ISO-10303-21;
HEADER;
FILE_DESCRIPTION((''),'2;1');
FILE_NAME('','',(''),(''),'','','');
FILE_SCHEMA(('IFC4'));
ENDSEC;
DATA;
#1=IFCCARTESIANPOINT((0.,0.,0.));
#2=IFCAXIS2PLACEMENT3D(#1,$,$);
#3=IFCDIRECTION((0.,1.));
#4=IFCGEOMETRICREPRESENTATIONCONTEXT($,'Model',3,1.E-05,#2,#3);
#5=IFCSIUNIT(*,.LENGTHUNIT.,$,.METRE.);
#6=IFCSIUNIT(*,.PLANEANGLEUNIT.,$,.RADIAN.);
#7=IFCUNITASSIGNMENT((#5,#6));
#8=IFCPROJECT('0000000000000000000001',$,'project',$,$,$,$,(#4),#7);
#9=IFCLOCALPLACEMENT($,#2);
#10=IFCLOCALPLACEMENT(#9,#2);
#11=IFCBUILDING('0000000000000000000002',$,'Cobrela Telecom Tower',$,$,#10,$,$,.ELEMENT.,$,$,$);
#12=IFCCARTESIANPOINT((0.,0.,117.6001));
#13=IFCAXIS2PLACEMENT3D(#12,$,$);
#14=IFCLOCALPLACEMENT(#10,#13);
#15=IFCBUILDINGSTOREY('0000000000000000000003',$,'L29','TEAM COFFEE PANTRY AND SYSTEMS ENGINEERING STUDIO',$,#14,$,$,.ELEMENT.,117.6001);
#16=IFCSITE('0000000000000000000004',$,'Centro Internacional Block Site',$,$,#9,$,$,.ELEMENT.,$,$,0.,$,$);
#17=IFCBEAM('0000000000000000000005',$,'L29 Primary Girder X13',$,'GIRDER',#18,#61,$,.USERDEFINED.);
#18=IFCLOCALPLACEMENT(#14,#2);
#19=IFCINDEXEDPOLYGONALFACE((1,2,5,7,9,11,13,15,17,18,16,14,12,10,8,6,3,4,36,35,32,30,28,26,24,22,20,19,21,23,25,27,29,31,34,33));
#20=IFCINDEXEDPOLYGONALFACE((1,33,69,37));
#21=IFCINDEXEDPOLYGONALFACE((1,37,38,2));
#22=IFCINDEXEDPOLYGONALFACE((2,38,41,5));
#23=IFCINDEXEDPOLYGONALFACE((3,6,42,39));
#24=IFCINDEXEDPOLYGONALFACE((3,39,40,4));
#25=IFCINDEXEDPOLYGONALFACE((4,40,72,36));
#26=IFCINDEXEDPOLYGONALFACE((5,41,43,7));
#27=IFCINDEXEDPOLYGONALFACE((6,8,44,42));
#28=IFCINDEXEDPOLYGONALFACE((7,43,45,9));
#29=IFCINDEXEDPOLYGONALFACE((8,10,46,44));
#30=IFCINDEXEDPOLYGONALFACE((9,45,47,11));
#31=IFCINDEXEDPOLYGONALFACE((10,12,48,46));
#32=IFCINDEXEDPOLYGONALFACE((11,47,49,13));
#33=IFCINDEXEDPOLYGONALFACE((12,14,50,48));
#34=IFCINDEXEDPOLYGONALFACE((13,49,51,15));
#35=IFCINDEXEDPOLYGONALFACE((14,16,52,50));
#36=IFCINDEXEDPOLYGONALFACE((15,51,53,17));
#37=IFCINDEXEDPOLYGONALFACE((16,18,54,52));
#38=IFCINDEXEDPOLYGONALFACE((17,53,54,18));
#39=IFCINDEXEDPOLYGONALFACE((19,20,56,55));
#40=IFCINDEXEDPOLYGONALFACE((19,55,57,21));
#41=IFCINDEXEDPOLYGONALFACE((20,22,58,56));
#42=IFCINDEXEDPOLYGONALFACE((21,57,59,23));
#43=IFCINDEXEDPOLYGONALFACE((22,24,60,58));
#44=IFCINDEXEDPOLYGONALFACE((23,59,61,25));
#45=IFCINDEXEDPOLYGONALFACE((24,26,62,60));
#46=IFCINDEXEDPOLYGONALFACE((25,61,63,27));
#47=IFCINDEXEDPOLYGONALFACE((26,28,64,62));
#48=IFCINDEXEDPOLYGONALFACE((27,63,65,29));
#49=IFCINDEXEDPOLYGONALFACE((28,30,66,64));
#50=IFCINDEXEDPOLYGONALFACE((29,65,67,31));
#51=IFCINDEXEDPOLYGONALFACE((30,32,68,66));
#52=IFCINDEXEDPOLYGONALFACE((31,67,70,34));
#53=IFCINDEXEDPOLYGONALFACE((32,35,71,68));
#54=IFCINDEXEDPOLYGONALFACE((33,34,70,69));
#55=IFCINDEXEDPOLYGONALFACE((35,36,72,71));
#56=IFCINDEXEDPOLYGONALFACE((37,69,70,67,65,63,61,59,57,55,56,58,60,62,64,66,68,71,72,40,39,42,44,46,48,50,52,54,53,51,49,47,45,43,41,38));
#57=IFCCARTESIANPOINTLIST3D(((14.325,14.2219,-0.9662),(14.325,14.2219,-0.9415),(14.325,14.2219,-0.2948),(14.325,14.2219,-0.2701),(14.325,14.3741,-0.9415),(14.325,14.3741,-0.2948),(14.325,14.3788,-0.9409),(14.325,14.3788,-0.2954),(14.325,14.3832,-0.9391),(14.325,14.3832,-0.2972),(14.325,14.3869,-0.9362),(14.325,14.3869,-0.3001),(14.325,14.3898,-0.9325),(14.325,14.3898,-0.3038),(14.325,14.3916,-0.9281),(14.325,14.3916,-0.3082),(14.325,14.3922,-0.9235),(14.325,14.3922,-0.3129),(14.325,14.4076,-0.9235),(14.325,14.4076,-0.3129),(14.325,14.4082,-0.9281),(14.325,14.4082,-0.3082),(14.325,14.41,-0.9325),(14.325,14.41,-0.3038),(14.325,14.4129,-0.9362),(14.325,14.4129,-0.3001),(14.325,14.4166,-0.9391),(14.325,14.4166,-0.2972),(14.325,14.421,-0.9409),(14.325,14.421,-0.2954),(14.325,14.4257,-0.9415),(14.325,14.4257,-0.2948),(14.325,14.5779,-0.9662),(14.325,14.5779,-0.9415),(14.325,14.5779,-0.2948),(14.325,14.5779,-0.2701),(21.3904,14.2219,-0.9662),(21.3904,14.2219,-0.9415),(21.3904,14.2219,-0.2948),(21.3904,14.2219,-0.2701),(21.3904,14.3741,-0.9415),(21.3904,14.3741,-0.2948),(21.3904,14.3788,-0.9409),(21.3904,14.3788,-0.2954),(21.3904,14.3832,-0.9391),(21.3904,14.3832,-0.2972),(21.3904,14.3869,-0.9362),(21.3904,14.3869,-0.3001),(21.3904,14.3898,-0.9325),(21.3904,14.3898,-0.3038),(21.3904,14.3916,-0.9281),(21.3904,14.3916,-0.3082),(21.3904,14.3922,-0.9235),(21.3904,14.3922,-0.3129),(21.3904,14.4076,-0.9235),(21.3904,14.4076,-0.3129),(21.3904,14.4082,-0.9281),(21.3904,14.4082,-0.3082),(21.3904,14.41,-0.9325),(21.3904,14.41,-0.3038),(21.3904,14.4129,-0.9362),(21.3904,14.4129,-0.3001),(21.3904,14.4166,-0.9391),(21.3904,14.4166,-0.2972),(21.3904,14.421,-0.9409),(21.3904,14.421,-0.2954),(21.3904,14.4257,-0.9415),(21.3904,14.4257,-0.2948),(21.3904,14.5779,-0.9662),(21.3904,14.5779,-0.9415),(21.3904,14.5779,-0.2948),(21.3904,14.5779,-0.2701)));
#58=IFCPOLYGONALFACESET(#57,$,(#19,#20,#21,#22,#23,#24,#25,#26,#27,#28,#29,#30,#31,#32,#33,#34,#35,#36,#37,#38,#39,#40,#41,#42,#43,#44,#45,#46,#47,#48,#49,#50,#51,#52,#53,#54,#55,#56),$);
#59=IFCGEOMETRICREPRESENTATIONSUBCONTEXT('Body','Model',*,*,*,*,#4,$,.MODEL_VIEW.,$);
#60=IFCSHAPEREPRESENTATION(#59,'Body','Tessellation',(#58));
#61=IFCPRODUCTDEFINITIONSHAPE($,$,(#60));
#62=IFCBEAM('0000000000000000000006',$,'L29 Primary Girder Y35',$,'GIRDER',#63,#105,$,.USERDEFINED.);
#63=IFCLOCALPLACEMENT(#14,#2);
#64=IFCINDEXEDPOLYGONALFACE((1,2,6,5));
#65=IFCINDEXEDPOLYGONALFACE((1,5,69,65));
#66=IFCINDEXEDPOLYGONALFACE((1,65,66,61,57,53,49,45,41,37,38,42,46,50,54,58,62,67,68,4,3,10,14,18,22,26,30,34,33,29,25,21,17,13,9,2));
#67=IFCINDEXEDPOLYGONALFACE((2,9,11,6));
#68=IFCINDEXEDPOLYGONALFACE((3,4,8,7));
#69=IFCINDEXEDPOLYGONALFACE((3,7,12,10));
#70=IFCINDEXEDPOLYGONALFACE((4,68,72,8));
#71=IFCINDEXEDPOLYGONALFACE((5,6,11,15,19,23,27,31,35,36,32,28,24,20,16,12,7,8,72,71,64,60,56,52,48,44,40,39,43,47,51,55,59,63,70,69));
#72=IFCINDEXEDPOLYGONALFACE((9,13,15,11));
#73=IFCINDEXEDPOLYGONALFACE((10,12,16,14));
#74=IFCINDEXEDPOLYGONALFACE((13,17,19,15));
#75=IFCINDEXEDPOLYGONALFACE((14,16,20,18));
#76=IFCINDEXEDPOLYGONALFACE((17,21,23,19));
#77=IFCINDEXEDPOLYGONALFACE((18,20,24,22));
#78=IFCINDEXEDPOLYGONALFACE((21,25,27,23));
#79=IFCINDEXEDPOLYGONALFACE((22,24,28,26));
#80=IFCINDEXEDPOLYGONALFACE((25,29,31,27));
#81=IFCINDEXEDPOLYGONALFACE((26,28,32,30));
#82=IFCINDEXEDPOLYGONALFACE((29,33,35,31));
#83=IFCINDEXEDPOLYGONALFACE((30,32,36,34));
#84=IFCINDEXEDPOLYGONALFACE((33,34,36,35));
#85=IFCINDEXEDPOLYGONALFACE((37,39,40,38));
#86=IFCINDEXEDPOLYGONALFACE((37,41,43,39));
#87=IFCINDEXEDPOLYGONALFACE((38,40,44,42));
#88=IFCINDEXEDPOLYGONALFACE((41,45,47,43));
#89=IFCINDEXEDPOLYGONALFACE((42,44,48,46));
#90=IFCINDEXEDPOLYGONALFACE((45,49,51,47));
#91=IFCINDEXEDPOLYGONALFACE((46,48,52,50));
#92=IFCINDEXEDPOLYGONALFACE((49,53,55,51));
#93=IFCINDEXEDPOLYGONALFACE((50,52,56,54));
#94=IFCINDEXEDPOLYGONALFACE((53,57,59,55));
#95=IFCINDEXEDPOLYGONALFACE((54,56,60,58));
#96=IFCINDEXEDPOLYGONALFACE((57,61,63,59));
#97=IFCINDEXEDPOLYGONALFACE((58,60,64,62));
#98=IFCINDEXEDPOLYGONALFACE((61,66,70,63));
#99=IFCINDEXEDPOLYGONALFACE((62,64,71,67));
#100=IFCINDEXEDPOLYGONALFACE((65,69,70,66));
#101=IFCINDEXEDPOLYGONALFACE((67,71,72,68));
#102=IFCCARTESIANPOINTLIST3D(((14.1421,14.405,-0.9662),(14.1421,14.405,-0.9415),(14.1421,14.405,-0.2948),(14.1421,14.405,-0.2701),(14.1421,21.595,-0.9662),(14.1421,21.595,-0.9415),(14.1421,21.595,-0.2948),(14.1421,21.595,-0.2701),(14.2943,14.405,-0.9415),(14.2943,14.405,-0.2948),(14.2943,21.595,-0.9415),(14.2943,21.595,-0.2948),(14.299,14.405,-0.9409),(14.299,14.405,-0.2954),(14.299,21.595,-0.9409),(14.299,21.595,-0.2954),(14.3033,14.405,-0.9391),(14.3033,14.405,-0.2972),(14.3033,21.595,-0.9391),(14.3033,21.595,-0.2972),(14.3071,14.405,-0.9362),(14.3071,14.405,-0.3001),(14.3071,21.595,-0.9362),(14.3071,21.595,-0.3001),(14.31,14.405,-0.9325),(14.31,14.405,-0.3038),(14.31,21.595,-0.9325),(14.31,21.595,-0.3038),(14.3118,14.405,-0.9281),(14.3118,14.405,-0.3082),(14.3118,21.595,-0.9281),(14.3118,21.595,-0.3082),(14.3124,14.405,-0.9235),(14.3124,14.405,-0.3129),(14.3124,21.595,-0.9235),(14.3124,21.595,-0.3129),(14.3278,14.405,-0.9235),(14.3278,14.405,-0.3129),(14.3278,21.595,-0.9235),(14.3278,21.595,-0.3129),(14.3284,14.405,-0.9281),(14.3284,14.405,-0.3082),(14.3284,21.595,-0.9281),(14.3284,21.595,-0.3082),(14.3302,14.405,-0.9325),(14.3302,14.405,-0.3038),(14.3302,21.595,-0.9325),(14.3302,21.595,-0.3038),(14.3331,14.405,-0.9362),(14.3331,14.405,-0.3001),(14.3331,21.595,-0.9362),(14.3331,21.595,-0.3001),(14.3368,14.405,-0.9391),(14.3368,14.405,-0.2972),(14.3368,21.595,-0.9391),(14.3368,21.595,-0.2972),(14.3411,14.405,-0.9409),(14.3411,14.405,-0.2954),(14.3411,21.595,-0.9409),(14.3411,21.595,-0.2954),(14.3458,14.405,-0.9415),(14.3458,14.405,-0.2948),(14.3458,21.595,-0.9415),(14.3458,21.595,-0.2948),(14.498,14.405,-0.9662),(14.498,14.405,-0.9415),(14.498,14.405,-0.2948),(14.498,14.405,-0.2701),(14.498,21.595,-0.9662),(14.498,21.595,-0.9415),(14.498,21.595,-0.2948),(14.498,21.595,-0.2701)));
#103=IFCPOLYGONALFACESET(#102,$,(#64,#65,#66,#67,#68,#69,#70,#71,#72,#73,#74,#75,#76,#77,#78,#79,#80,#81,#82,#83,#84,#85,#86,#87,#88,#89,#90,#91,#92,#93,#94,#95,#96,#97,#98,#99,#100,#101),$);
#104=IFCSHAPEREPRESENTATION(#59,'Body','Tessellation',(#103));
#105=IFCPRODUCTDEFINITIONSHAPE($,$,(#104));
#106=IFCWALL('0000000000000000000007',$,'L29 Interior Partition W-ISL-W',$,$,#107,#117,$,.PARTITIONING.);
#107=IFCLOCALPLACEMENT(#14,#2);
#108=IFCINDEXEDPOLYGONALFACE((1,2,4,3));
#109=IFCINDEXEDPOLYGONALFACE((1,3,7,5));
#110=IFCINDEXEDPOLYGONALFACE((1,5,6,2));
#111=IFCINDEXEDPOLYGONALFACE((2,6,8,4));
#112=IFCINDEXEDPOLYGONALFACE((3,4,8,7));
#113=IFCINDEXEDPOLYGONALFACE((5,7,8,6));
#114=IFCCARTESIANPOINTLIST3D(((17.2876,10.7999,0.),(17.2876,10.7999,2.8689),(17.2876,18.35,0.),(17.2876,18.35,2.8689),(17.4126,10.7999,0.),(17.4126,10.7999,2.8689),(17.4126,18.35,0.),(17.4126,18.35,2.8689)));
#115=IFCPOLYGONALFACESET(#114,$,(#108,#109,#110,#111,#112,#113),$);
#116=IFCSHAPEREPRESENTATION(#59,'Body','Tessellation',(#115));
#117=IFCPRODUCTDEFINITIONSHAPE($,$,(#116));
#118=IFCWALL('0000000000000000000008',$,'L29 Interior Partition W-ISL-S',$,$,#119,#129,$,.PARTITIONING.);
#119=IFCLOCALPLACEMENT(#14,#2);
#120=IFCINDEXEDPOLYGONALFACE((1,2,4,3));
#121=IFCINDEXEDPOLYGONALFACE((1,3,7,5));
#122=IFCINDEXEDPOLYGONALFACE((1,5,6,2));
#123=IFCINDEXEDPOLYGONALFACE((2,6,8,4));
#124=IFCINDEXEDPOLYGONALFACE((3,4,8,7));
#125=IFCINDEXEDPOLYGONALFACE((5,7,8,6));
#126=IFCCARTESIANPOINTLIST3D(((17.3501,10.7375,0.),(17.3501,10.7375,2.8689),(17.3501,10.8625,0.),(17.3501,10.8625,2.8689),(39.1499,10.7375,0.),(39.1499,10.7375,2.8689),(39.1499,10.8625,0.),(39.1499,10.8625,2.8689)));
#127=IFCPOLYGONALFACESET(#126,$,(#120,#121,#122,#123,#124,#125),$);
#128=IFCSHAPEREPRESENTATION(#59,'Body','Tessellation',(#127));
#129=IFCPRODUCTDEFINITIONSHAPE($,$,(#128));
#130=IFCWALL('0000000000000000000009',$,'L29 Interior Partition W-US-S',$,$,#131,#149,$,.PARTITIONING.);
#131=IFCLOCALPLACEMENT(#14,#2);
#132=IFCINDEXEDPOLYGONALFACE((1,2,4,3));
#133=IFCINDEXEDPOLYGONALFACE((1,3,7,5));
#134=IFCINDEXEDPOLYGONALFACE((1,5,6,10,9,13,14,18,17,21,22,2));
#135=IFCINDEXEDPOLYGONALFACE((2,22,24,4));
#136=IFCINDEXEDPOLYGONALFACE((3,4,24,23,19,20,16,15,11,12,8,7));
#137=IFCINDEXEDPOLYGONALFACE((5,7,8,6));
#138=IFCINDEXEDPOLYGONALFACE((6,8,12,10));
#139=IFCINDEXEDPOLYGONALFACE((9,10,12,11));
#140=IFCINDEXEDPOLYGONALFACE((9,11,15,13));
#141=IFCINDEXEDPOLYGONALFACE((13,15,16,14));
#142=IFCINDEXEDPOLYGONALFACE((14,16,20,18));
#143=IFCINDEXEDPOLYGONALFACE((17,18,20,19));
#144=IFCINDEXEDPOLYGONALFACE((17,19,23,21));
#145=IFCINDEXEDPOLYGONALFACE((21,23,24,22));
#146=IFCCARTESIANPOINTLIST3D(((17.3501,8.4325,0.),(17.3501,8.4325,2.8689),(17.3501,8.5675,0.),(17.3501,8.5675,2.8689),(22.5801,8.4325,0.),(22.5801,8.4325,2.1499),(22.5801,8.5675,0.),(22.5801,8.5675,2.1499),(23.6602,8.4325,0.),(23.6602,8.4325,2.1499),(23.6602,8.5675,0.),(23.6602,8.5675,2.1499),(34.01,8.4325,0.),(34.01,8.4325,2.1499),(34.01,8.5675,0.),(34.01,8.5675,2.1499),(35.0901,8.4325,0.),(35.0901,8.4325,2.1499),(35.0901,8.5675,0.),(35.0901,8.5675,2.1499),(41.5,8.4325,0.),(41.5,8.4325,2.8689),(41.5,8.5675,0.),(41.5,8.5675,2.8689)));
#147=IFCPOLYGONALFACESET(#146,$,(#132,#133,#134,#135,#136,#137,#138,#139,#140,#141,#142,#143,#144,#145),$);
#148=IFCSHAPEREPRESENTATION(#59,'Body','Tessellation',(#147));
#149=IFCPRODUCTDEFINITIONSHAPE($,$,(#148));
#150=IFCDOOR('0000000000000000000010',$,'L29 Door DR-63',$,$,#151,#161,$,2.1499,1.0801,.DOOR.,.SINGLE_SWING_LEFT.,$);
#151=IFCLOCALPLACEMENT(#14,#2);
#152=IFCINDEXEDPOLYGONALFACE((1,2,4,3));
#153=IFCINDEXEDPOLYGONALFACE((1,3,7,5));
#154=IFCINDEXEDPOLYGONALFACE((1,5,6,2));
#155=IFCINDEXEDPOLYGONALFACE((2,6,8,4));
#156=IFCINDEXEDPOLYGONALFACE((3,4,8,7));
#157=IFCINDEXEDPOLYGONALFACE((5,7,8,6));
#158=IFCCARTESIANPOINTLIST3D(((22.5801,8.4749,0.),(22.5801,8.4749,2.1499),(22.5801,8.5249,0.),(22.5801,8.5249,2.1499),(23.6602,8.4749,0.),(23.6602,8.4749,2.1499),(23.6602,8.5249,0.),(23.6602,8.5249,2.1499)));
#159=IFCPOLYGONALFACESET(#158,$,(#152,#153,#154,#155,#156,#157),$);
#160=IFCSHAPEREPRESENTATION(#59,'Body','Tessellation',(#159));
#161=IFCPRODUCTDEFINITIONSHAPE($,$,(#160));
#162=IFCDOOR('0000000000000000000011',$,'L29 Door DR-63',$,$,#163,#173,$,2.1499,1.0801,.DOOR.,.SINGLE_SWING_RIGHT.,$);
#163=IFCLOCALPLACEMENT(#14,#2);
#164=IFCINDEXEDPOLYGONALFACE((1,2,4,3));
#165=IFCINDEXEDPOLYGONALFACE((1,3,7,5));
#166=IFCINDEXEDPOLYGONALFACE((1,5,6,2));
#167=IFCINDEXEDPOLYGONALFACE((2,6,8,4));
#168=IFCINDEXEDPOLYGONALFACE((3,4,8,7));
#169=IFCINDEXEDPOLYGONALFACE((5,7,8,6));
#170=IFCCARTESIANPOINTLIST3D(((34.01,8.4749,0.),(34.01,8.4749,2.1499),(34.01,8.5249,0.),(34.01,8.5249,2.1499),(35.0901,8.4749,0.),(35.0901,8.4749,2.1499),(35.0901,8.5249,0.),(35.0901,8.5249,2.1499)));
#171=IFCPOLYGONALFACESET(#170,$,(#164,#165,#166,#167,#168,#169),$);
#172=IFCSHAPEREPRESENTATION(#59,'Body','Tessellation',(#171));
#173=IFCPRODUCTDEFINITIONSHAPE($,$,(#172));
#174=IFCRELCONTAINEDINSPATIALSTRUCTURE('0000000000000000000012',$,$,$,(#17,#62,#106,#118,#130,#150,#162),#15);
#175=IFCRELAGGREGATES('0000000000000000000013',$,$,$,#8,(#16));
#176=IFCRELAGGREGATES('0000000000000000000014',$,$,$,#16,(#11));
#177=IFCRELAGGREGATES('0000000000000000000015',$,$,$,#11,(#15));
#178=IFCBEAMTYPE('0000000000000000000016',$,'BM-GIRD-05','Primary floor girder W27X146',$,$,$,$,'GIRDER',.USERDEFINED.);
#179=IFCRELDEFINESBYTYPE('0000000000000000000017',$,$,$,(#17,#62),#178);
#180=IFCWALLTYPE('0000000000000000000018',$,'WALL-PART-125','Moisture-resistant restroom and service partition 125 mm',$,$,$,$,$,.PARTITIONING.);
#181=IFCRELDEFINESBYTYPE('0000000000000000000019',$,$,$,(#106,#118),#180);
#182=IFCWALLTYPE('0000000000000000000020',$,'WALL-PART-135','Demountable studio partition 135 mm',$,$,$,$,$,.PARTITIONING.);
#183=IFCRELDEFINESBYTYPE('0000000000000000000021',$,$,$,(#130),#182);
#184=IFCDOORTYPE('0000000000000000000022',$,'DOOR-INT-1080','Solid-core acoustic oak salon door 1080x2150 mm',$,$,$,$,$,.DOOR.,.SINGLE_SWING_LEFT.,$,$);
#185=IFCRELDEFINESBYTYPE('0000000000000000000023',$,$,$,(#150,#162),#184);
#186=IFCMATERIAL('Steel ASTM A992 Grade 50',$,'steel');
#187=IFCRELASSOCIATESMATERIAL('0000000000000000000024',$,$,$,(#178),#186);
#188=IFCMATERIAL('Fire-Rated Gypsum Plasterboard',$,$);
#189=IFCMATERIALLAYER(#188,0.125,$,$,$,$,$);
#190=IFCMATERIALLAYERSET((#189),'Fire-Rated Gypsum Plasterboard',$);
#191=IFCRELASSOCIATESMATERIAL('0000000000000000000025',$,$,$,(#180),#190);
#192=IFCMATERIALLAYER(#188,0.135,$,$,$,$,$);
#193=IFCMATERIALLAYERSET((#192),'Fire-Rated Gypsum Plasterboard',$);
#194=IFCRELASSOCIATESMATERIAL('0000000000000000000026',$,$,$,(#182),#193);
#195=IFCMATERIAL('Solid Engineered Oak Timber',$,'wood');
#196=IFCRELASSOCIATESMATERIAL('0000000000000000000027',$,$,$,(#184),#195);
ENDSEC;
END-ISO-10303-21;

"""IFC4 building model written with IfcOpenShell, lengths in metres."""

from ifc_helpers import new_model, si_unit, direction, frame, frame_2d, origin, origin_2d, place, context, subcontext, project, spatial, rectangle, i_section, extrude, material, layer, layer_set, material_profile, profile_set, type_object, element, fill, save


model = new_model("IFC4")

# Units and contexts
model_context = context("Model", 3, precision=1e-05, world=origin(), true_north=direction((0.0, 1.0)))
body_context = subcontext(model_context, "Body", "Model", "MODEL_VIEW")
ifc_project = project(units=[si_unit("LENGTHUNIT", "METRE"), si_unit("PLANEANGLEUNIT", "RADIAN")], contexts=[model_context])

# Site, building, storey
site_placement = place(None, origin())
site = spatial("IfcSite", under=ifc_project, at=site_placement, Name="Centro Internacional Block Site", CompositionType="ELEMENT", RefElevation=0.0)
building_placement = place(site_placement, origin())
building = spatial("IfcBuilding", under=site, at=building_placement, Name="Cobrela Telecom Tower", CompositionType="ELEMENT")
storey_placement = place(building_placement, frame((0.0, 0.0, 117.6001)))
storey = spatial("IfcBuildingStorey", under=building, at=storey_placement, Name="L29", Description="TEAM COFFEE PANTRY AND SYSTEMS ENGINEERING STUDIO", CompositionType="ELEMENT", Elevation=117.6001)

# Beams
ifc_material_1 = material(Name="Steel ASTM A992 Grade 50", Category="steel")
ifc_material_profile = material_profile(ifc_material_1, i_section(OverallWidth=0.356, OverallDepth=0.696, WebThickness=0.0154, FlangeThickness=0.0247, FilletRadius=0.0181, at=origin_2d()), Name="W27X146")
ifc_profile_set = profile_set([ifc_material_profile], Name="Steel ASTM A992 Grade 50")
beam_type = type_object("IfcBeamType", Name="BM-GIRD-05", Description="Primary floor girder W27X146", ElementType="GIRDER", PredefinedType="USERDEFINED", material=ifc_profile_set)
beam_1_placement = place(storey_placement, frame((14.325, 14.3999, -0.6182), z_axis=(1.0, 0.0, 0.0), x_axis=(0.0, 1.0, 0.0)))
element("IfcBeam", 1, at=beam_1_placement, inside=storey, type_object=beam_type, Name="L29 Primary Girder X13", ObjectType="GIRDER", PredefinedType="USERDEFINED", context=body_context, shape_type="SweptSolid", body=[
    extrude(i_section(OverallWidth=0.356, OverallDepth=0.696, WebThickness=0.0154, FlangeThickness=0.0247, FilletRadius=0.0181, at=origin_2d()), origin(), (0.0, 0.0, 1.0), 7.0654),
])
beam_2_placement = place(storey_placement, frame((14.3201, 14.405, -0.6182), z_axis=(0.0, 1.0, 0.0), x_axis=(-1.0, 0.0, 0.0)))
element("IfcBeam", 2, at=beam_2_placement, inside=storey, type_object=beam_type, Name="L29 Primary Girder Y35", ObjectType="GIRDER", PredefinedType="USERDEFINED", context=body_context, shape_type="SweptSolid", body=[
    extrude(i_section(OverallWidth=0.356, OverallDepth=0.696, WebThickness=0.0154, FlangeThickness=0.0247, FilletRadius=0.0181, at=origin_2d()), origin(), (0.0, 0.0, 1.0), 7.1899),
])

# Walls
ifc_material_2 = material(Name="Fire-Rated Gypsum Plasterboard")
ifc_layer_1 = layer(ifc_material_2, 0.125)
ifc_layer_set_1 = layer_set([ifc_layer_1], Name="Fire-Rated Gypsum Plasterboard")
wall_type_1 = type_object("IfcWallType", Name="WALL-PART-125", Description="Moisture-resistant restroom and service partition 125 mm", PredefinedType="PARTITIONING", material=ifc_layer_set_1)
wall_1_placement = place(storey_placement, frame((17.3501, 10.8, 0.0), z_axis=(0.0, 0.0, 1.0), x_axis=(0.0, 1.0, 0.0)))
element("IfcWall", 3, at=wall_1_placement, inside=storey, type_object=wall_type_1, Name="L29 Interior Partition W-ISL-W", PredefinedType="PARTITIONING", context=body_context, shape_type="SweptSolid", body=[
    extrude(rectangle(XDim=7.55, YDim=0.125, at=frame_2d((3.7749, 0.0))), origin(), (0.0, 0.0, 1.0), 2.8689),
])
wall_2_placement = place(storey_placement, frame((17.3501, 10.8, 0.0), z_axis=(0.0, 0.0, 1.0), x_axis=(1.0, 0.0, 0.0)))
element("IfcWall", 4, at=wall_2_placement, inside=storey, type_object=wall_type_1, Name="L29 Interior Partition W-ISL-S", PredefinedType="PARTITIONING", context=body_context, shape_type="SweptSolid", body=[
    extrude(rectangle(XDim=21.7998, YDim=0.125, at=frame_2d((10.8999, 0.0))), origin(), (0.0, 0.0, 1.0), 2.8689),
])

# Wall, openings, doors
ifc_layer_2 = layer(ifc_material_2, 0.135)
ifc_layer_set_2 = layer_set([ifc_layer_2], Name="Fire-Rated Gypsum Plasterboard")
wall_type_2 = type_object("IfcWallType", Name="WALL-PART-135", Description="Demountable studio partition 135 mm", PredefinedType="PARTITIONING", material=ifc_layer_set_2)
wall_3_placement = place(storey_placement, frame((17.3501, 8.5, 0.0), z_axis=(0.0, 0.0, 1.0), x_axis=(1.0, 0.0, 0.0)))
wall_3 = element("IfcWall", 5, at=wall_3_placement, inside=storey, type_object=wall_type_2, Name="L29 Interior Partition W-US-S", PredefinedType="PARTITIONING", context=body_context, shape_type="SweptSolid", body=[
    extrude(rectangle(XDim=24.1499, YDim=0.135, at=frame_2d((12.075, 0.0))), origin(), (0.0, 0.0, 1.0), 2.8689),
])
opening_1_placement = place(wall_3_placement, frame((5.23, 0.0, 0.0)))
opening_1 = element("IfcOpeningElement", 6, at=opening_1_placement, cuts=wall_3, PredefinedType="OPENING", context=body_context, shape_type="SweptSolid", body=[
    extrude(rectangle(XDim=1.0801, YDim=2.1499, at=frame_2d((0.54, 1.075))), frame((0.0, 0.0796, 0.0), z_axis=(0.0, -1.0, 0.0), x_axis=(1.0, 0.0, 0.0)), (0.0, 0.0, 1.0), 0.1589),
])
opening_2_placement = place(wall_3_placement, frame((16.6599, 0.0, 0.0)))
opening_2 = element("IfcOpeningElement", 7, at=opening_2_placement, cuts=wall_3, PredefinedType="OPENING", context=body_context, shape_type="SweptSolid", body=[
    extrude(rectangle(XDim=1.0801, YDim=2.1499, at=frame_2d((0.54, 1.075))), frame((0.0, 0.0796, 0.0), z_axis=(0.0, -1.0, 0.0), x_axis=(1.0, 0.0, 0.0)), (0.0, 0.0, 1.0), 0.1589),
])
ifc_material_3 = material(Name="Solid Engineered Oak Timber", Category="wood")
door_type_1 = type_object("IfcDoorType", Name="DOOR-INT-1080", Description="Solid-core acoustic oak salon door 1080x2150 mm", OperationType="SINGLE_SWING_LEFT", PredefinedType="DOOR", material=ifc_material_3)
door_1_placement = place(opening_1_placement, origin())
door_1 = element("IfcDoor", 8, at=door_1_placement, inside=storey, type_object=door_type_1, Name="L29 Door DR-63", OperationType="SINGLE_SWING_LEFT", OverallHeight=2.1499, OverallWidth=1.0801, PredefinedType="DOOR", context=body_context, shape_type="SweptSolid", body=[
    extrude(rectangle(XDim=1.0801, YDim=2.1499, at=frame_2d((0.54, 1.075))), frame((0.0, 0.0249, 0.0), z_axis=(0.0, -1.0, 0.0), x_axis=(1.0, 0.0, 0.0)), (0.0, 0.0, 1.0), 0.05),
])
fill(opening_1, door_1)
door_2_placement = place(opening_2_placement, origin())
door_2 = element("IfcDoor", 9, at=door_2_placement, inside=storey, type_object=door_type_1, Name="L29 Door DR-63", OperationType="SINGLE_SWING_RIGHT", OverallHeight=2.1499, OverallWidth=1.0801, PredefinedType="DOOR", context=body_context, shape_type="SweptSolid", body=[
    extrude(rectangle(XDim=1.0801, YDim=2.1499, at=frame_2d((0.54, 1.075))), frame((0.0, 0.0249, 0.0), z_axis=(0.0, -1.0, 0.0), x_axis=(1.0, 0.0, 0.0)), (0.0, 0.0, 1.0), 0.05),
])
fill(opening_2, door_2)

save(model, "model.ifc")
